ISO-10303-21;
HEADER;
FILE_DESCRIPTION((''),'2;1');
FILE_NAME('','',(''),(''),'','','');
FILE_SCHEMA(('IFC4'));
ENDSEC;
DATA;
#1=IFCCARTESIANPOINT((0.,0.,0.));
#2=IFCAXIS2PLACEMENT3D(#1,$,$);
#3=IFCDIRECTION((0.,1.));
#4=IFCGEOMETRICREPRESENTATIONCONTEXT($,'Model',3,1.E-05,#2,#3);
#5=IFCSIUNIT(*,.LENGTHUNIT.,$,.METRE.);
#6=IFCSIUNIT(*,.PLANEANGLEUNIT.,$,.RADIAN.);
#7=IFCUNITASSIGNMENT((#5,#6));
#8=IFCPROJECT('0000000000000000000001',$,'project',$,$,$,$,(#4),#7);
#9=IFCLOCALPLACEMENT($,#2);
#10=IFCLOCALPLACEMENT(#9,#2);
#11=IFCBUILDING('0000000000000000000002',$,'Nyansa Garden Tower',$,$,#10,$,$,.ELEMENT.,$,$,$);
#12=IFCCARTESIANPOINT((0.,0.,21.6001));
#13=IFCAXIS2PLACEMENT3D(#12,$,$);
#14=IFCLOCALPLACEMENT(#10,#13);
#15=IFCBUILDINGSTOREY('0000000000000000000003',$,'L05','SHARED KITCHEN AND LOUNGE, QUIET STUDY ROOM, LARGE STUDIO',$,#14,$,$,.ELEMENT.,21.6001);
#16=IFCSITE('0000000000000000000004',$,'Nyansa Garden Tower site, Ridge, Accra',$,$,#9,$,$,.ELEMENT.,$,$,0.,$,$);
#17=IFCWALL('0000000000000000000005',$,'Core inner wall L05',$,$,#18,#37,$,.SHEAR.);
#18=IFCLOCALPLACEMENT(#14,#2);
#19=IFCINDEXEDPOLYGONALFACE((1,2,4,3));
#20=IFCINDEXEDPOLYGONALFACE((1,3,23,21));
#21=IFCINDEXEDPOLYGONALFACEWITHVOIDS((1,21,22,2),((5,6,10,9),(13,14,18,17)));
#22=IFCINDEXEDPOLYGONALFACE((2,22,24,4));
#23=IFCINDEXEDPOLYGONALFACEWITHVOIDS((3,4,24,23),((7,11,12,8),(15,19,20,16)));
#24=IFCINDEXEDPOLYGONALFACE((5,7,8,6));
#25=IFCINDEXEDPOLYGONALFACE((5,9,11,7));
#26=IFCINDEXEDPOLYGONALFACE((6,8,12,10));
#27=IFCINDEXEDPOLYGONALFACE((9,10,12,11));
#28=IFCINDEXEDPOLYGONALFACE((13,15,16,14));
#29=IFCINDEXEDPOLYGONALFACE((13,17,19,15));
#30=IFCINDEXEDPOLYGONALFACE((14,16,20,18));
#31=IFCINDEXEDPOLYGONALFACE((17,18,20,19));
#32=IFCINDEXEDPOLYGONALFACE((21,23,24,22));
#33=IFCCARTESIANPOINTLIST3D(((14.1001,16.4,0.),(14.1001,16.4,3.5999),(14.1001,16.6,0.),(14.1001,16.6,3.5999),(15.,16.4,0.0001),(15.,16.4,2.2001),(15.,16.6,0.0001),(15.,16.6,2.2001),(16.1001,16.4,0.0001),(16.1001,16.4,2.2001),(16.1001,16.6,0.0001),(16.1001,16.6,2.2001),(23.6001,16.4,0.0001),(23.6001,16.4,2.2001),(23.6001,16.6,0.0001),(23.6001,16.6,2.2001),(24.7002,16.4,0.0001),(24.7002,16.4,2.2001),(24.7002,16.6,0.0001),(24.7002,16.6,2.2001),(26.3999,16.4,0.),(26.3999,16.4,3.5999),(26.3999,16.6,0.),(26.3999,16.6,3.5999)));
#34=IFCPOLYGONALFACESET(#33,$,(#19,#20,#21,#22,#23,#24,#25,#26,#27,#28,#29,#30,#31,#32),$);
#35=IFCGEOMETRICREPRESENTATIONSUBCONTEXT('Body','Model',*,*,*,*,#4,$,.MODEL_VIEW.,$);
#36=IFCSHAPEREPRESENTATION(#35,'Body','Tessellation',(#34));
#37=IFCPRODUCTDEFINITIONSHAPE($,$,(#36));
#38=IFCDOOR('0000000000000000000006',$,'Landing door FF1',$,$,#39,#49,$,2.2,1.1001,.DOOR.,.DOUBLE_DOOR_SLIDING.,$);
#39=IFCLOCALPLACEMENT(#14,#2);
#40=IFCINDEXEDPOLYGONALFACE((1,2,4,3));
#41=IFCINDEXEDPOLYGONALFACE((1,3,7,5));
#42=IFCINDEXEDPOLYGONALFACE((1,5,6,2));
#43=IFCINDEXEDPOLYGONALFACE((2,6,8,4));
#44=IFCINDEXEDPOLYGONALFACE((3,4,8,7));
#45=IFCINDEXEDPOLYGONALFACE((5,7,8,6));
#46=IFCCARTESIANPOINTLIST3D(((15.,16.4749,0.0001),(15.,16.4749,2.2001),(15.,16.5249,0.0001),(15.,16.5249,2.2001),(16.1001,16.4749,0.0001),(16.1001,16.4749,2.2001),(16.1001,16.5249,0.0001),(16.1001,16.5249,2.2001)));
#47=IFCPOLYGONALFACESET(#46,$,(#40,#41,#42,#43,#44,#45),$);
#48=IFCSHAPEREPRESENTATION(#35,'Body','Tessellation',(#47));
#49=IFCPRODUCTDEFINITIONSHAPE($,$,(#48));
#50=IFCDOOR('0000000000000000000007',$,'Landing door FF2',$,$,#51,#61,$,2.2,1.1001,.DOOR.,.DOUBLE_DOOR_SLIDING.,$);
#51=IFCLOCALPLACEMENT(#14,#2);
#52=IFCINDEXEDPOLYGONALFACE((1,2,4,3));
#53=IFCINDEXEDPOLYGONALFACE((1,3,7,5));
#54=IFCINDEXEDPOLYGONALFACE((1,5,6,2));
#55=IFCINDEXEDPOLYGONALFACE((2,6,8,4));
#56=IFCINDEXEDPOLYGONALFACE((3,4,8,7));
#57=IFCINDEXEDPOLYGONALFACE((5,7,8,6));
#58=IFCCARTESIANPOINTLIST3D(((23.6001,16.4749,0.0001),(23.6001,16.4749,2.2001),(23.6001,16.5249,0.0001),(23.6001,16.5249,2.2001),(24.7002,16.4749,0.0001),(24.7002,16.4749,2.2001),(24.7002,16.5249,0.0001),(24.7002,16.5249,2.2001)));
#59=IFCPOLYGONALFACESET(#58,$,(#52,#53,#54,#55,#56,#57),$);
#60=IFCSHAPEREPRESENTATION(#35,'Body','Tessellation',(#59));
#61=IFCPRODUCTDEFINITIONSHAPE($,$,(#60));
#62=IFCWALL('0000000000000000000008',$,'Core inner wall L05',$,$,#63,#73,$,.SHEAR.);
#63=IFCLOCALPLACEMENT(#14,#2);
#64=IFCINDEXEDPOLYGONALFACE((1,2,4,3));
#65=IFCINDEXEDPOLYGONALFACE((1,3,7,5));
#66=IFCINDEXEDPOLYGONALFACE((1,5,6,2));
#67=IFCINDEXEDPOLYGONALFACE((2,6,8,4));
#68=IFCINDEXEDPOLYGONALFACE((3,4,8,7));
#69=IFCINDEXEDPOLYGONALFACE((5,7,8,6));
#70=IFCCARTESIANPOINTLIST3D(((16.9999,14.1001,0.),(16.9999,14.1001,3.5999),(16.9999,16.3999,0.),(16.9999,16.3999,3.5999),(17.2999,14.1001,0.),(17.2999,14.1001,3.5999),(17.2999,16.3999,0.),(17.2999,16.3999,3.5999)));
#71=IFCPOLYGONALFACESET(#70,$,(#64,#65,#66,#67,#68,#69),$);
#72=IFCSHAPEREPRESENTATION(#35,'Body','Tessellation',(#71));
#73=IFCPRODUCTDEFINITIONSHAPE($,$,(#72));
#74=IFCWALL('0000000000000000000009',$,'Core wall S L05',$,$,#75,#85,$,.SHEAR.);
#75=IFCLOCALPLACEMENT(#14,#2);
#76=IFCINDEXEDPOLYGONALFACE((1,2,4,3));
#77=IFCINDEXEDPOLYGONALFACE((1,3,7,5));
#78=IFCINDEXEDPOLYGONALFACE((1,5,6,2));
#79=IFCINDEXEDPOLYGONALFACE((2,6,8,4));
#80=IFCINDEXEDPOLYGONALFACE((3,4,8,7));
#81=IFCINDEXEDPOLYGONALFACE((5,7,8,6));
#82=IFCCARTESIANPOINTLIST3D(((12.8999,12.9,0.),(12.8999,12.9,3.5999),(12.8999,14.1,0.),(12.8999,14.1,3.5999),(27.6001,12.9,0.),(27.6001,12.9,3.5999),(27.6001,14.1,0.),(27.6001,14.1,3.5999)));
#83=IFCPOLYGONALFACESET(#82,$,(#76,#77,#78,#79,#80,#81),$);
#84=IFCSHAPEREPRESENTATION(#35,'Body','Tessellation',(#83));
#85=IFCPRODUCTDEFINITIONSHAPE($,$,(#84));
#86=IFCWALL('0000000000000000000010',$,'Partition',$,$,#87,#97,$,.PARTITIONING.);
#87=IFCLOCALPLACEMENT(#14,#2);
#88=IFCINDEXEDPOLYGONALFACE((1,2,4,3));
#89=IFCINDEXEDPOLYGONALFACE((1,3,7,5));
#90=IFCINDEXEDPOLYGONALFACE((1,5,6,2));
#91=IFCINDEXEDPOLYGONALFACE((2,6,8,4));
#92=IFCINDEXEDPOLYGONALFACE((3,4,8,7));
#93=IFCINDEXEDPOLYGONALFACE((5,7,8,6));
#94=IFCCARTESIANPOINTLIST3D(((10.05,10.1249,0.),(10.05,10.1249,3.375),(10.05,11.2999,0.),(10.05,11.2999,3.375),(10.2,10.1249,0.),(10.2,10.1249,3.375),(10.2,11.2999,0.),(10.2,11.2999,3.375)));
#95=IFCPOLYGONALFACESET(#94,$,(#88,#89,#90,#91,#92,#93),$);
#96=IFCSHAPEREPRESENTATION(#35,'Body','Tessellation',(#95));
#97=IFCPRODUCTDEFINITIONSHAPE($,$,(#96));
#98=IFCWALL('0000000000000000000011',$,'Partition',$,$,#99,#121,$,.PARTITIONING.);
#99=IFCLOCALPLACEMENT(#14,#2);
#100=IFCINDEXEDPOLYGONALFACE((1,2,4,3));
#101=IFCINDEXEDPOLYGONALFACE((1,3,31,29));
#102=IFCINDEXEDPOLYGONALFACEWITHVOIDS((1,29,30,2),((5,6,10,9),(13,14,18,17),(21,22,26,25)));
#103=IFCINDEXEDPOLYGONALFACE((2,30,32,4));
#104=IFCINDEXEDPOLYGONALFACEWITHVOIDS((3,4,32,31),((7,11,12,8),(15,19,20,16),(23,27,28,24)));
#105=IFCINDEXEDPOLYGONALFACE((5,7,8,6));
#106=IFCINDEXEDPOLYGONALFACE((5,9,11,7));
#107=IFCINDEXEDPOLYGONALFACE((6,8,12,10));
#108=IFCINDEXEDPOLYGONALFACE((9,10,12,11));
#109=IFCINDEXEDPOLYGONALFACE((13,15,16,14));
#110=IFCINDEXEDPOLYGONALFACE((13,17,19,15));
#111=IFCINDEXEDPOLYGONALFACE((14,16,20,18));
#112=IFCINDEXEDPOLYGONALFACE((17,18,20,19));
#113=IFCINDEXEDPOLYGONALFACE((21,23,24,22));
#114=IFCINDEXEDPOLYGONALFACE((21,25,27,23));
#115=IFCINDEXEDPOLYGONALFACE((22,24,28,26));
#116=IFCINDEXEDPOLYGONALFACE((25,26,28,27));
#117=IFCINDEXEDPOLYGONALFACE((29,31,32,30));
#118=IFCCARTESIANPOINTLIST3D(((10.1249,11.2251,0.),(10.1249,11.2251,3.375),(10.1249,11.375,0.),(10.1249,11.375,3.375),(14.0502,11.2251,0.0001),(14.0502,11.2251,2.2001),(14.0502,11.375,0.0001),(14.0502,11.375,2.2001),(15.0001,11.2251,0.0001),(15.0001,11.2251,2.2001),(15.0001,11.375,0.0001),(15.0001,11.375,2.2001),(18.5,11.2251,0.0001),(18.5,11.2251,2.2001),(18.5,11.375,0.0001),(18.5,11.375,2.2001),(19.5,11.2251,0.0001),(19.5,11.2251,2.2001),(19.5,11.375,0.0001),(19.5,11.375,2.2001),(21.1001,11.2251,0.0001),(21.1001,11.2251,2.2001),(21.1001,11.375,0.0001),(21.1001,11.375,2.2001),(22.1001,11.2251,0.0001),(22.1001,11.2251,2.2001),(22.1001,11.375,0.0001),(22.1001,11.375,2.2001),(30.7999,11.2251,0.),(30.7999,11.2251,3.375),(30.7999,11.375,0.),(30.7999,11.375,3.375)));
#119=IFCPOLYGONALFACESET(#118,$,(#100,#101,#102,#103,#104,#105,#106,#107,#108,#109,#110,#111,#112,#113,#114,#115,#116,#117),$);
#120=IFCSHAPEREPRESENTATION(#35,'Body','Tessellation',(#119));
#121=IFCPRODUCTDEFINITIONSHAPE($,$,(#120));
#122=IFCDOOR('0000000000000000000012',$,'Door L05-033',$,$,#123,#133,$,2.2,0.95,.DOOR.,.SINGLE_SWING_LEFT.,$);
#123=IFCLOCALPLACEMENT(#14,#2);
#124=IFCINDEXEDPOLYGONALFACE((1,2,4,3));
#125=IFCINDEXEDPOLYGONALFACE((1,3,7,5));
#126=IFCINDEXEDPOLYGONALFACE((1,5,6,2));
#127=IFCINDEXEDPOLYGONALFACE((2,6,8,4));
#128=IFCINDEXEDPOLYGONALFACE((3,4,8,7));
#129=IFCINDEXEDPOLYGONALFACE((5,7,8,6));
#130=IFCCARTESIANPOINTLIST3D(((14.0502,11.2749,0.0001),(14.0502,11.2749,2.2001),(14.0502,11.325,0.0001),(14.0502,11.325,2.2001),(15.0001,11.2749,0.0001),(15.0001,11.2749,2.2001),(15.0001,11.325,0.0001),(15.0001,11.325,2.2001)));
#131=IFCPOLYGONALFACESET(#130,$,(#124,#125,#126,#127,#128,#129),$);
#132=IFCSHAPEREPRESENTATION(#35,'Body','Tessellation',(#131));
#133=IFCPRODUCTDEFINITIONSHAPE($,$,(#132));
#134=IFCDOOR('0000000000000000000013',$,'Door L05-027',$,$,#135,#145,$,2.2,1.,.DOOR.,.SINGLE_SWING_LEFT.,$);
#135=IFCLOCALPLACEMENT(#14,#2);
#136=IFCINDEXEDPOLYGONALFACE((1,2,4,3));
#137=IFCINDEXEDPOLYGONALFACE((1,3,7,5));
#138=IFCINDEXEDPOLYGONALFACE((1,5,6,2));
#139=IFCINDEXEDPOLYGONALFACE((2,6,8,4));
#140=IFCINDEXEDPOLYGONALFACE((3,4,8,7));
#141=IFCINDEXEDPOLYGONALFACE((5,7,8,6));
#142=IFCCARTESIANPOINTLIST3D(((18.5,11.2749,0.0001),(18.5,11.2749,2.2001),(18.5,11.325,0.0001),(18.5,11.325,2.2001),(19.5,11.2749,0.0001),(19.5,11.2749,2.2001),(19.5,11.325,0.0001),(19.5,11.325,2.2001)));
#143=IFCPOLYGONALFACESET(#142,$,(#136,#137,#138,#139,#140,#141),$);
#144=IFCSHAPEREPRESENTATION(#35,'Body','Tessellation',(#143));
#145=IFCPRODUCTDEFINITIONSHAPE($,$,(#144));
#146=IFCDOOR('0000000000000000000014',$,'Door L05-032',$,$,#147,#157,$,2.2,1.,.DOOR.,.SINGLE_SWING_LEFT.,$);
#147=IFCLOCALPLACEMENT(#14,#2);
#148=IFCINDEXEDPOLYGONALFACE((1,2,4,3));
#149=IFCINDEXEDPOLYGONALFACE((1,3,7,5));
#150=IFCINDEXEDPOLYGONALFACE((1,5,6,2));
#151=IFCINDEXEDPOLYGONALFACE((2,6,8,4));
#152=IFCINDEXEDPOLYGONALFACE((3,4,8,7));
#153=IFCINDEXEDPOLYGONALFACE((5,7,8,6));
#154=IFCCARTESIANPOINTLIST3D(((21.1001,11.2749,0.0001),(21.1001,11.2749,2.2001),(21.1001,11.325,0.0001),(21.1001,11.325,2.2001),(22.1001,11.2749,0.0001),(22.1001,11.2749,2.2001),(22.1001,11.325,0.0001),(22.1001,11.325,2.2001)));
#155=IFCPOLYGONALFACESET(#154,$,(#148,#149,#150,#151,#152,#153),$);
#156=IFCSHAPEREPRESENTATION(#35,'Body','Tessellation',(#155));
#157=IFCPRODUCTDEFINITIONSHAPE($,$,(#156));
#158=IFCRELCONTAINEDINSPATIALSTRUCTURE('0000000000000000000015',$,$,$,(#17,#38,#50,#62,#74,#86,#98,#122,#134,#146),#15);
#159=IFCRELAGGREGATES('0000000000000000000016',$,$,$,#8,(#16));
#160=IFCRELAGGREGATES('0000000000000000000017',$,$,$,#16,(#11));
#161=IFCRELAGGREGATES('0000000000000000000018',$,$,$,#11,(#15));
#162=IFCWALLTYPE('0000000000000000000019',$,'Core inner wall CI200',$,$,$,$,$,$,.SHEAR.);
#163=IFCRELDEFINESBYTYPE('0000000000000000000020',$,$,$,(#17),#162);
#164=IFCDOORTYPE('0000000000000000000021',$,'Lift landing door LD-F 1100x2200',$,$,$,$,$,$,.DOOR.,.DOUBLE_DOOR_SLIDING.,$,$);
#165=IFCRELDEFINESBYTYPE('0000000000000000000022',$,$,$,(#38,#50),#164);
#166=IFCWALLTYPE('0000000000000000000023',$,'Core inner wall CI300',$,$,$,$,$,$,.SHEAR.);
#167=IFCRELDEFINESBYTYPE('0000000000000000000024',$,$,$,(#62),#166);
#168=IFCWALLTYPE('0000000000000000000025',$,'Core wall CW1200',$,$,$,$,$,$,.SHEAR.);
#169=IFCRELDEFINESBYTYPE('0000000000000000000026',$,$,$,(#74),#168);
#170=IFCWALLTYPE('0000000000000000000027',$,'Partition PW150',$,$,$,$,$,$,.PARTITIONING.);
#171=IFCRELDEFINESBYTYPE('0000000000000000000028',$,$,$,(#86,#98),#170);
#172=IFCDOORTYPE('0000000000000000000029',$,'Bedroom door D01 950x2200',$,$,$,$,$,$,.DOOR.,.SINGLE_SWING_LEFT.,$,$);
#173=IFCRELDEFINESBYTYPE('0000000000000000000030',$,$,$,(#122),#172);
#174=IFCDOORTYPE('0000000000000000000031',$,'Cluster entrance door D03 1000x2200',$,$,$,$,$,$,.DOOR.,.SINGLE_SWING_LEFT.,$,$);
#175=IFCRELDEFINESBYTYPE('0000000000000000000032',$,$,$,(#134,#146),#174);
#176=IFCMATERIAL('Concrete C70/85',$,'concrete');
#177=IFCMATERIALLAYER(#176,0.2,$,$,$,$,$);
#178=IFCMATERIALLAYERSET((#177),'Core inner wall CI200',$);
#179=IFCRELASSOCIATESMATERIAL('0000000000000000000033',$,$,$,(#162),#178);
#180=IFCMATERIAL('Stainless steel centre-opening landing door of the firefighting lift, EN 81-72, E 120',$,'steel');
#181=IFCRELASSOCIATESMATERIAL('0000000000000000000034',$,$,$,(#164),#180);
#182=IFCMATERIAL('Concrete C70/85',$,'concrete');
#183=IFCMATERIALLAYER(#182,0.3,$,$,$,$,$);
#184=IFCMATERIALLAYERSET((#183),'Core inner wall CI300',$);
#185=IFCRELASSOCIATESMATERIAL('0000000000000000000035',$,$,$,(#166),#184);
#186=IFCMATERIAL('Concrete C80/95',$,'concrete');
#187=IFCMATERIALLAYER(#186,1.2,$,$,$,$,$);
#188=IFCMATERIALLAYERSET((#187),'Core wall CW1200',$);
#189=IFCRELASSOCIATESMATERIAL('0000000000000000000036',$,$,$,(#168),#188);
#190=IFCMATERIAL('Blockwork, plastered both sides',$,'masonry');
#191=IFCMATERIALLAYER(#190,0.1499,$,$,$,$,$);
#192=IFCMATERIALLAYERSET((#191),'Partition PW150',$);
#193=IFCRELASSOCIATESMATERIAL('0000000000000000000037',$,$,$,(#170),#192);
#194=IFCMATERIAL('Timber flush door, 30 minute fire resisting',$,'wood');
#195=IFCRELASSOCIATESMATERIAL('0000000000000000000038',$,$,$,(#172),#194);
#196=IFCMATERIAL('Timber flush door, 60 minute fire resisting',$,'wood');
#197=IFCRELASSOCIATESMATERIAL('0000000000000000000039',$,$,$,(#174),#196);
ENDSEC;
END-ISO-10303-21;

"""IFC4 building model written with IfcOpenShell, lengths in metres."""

from ifc_helpers import new_model, si_unit, direction, frame, frame_2d, origin, place, context, subcontext, project, spatial, rectangle, extrude, material, layer, layer_set, type_object, element, fill, save


model = new_model("IFC4")

# Units and contexts
model_context = context("Model", 3, precision=1e-05, world=origin(), true_north=direction((0.0, 1.0)))
body_context = subcontext(model_context, "Body", "Model", "MODEL_VIEW")
ifc_project = project(units=[si_unit("LENGTHUNIT", "METRE"), si_unit("PLANEANGLEUNIT", "RADIAN")], contexts=[model_context])

# Site, building, storey
site_placement = place(None, origin())
site = spatial("IfcSite", under=ifc_project, at=site_placement, Name="Nyansa Garden Tower site, Ridge, Accra", CompositionType="ELEMENT", RefElevation=0.0)
building_placement = place(site_placement, origin())
building = spatial("IfcBuilding", under=site, at=building_placement, Name="Nyansa Garden Tower", CompositionType="ELEMENT")
storey_placement = place(building_placement, frame((0.0, 0.0, 21.6001)))
storey = spatial("IfcBuildingStorey", under=building, at=storey_placement, Name="L05", Description="SHARED KITCHEN AND LOUNGE, QUIET STUDY ROOM, LARGE STUDIO", CompositionType="ELEMENT", Elevation=21.6001)

# Wall, openings, doors
ifc_material_1 = material(Name="Concrete C70/85", Category="concrete")
ifc_layer_1 = layer(ifc_material_1, 0.2)
ifc_layer_set_1 = layer_set([ifc_layer_1], Name="Core inner wall CI200")
wall_type_1 = type_object("IfcWallType", Name="Core inner wall CI200", PredefinedType="SHEAR", material=ifc_layer_set_1)
wall_1_placement = place(storey_placement, frame((14.1001, 16.5, 0.0), z_axis=(0.0, 0.0, 1.0), x_axis=(1.0, 0.0, 0.0)))
wall_1 = element("IfcWall", 1, at=wall_1_placement, inside=storey, type_object=wall_type_1, Name="Core inner wall L05", PredefinedType="SHEAR", context=body_context, shape_type="SweptSolid", body=[
    extrude(rectangle(XDim=12.2998, YDim=0.2, at=frame_2d((6.1499, 0.0))), origin(), (0.0, 0.0, 1.0), 3.5999),
])
opening_1_placement = place(wall_1_placement, frame((0.8999, 0.0, 0.0)))
opening_1 = element("IfcOpeningElement", 2, at=opening_1_placement, cuts=wall_1, PredefinedType="OPENING", context=body_context, shape_type="SweptSolid", body=[
    extrude(rectangle(XDim=1.1001, YDim=2.2, at=frame_2d((0.55, 1.1001))), frame((0.0, 0.1099, 0.0), z_axis=(0.0, -1.0, 0.0), x_axis=(1.0, 0.0, 0.0)), (0.0, 0.0, 1.0), 0.22),
])
opening_2_placement = place(wall_1_placement, frame((9.5, 0.0, 0.0)))
opening_2 = element("IfcOpeningElement", 3, at=opening_2_placement, cuts=wall_1, PredefinedType="OPENING", context=body_context, shape_type="SweptSolid", body=[
    extrude(rectangle(XDim=1.1001, YDim=2.2, at=frame_2d((0.55, 1.1001))), frame((0.0, 0.1099, 0.0), z_axis=(0.0, -1.0, 0.0), x_axis=(1.0, 0.0, 0.0)), (0.0, 0.0, 1.0), 0.22),
])
ifc_material_2 = material(Name="Stainless steel centre-opening landing door of the firefighting lift, EN 81-72, E 120", Category="steel")
door_type_1 = type_object("IfcDoorType", Name="Lift landing door LD-F 1100x2200", OperationType="DOUBLE_DOOR_SLIDING", PredefinedType="DOOR", material=ifc_material_2)
door_1_placement = place(opening_1_placement, origin())
door_1 = element("IfcDoor", 4, at=door_1_placement, inside=storey, type_object=door_type_1, Name="Landing door FF1", OperationType="DOUBLE_DOOR_SLIDING", OverallHeight=2.2, OverallWidth=1.1001, PredefinedType="DOOR", context=body_context, shape_type="SweptSolid", body=[
    extrude(rectangle(XDim=1.1001, YDim=2.2, at=frame_2d((0.55, 1.1001))), frame((0.0, 0.0249, 0.0), z_axis=(0.0, -1.0, 0.0), x_axis=(1.0, 0.0, 0.0)), (0.0, 0.0, 1.0), 0.05),
])
fill(opening_1, door_1)
door_2_placement = place(opening_2_placement, origin())
door_2 = element("IfcDoor", 5, at=door_2_placement, inside=storey, type_object=door_type_1, Name="Landing door FF2", OperationType="DOUBLE_DOOR_SLIDING", OverallHeight=2.2, OverallWidth=1.1001, PredefinedType="DOOR", context=body_context, shape_type="SweptSolid", body=[
    extrude(rectangle(XDim=1.1001, YDim=2.2, at=frame_2d((0.55, 1.1001))), frame((0.0, 0.0249, 0.0), z_axis=(0.0, -1.0, 0.0), x_axis=(1.0, 0.0, 0.0)), (0.0, 0.0, 1.0), 0.05),
])
fill(opening_2, door_2)

# Walls
ifc_material_3 = material(Name="Concrete C70/85", Category="concrete")
ifc_layer_2 = layer(ifc_material_3, 0.3)
ifc_layer_set_2 = layer_set([ifc_layer_2], Name="Core inner wall CI300")
wall_type_2 = type_object("IfcWallType", Name="Core inner wall CI300", PredefinedType="SHEAR", material=ifc_layer_set_2)
wall_2_placement = place(storey_placement, frame((17.1499, 14.1001, 0.0), z_axis=(0.0, 0.0, 1.0), x_axis=(0.0, 1.0, 0.0)))
element("IfcWall", 6, at=wall_2_placement, inside=storey, type_object=wall_type_2, Name="Core inner wall L05", PredefinedType="SHEAR", context=body_context, shape_type="SweptSolid", body=[
    extrude(rectangle(XDim=2.2998, YDim=0.3, at=frame_2d((1.1499, 0.0))), origin(), (0.0, 0.0, 1.0), 3.5999),
])
ifc_material_4 = material(Name="Concrete C80/95", Category="concrete")
ifc_layer_3 = layer(ifc_material_4, 1.2)
ifc_layer_set_3 = layer_set([ifc_layer_3], Name="Core wall CW1200")
wall_type_3 = type_object("IfcWallType", Name="Core wall CW1200", PredefinedType="SHEAR", material=ifc_layer_set_3)
wall_3_placement = place(storey_placement, frame((12.8999, 13.5, 0.0), z_axis=(0.0, 0.0, 1.0), x_axis=(1.0, 0.0, 0.0)))
element("IfcWall", 7, at=wall_3_placement, inside=storey, type_object=wall_type_3, Name="Core wall S L05", PredefinedType="SHEAR", context=body_context, shape_type="SweptSolid", body=[
    extrude(rectangle(XDim=14.7002, YDim=1.2, at=frame_2d((7.3501, 0.0))), origin(), (0.0, 0.0, 1.0), 3.5999),
])
ifc_material_5 = material(Name="Blockwork, plastered both sides", Category="masonry")
ifc_layer_4 = layer(ifc_material_5, 0.1499)
ifc_layer_set_4 = layer_set([ifc_layer_4], Name="Partition PW150")
wall_type_4 = type_object("IfcWallType", Name="Partition PW150", PredefinedType="PARTITIONING", material=ifc_layer_set_4)
wall_4_placement = place(storey_placement, frame((10.125, 10.125, 0.0), z_axis=(0.0, 0.0, 1.0), x_axis=(0.0, 1.0, 0.0)))
element("IfcWall", 8, at=wall_4_placement, inside=storey, type_object=wall_type_4, Name="Partition", PredefinedType="PARTITIONING", context=body_context, shape_type="SweptSolid", body=[
    extrude(rectangle(XDim=1.175, YDim=0.1499, at=frame_2d((0.5874, 0.0))), origin(), (0.0, 0.0, 1.0), 3.375),
])

# Wall, openings, doors
wall_5_placement = place(storey_placement, frame((10.125, 11.3, 0.0), z_axis=(0.0, 0.0, 1.0), x_axis=(1.0, 0.0, 0.0)))
wall_5 = element("IfcWall", 9, at=wall_5_placement, inside=storey, type_object=wall_type_4, Name="Partition", PredefinedType="PARTITIONING", context=body_context, shape_type="SweptSolid", body=[
    extrude(rectangle(XDim=20.675, YDim=0.1499, at=frame_2d((10.3374, 0.0))), origin(), (0.0, 0.0, 1.0), 3.375),
])
opening_3_placement = place(wall_5_placement, frame((8.375, 0.0, 0.0)))
opening_3 = element("IfcOpeningElement", 10, at=opening_3_placement, cuts=wall_5, PredefinedType="OPENING", context=body_context, shape_type="SweptSolid", body=[
    extrude(rectangle(XDim=1.0, YDim=2.2, at=frame_2d((0.5, 1.1001))), frame((0.0, 0.085, 0.0), z_axis=(0.0, -1.0, 0.0), x_axis=(1.0, 0.0, 0.0)), (0.0, 0.0, 1.0), 0.1699),
])
opening_4_placement = place(wall_5_placement, frame((10.9751, 0.0, 0.0)))
opening_4 = element("IfcOpeningElement", 11, at=opening_4_placement, cuts=wall_5, PredefinedType="OPENING", context=body_context, shape_type="SweptSolid", body=[
    extrude(rectangle(XDim=1.0, YDim=2.2, at=frame_2d((0.5, 1.1001))), frame((0.0, 0.085, 0.0), z_axis=(0.0, -1.0, 0.0), x_axis=(1.0, 0.0, 0.0)), (0.0, 0.0, 1.0), 0.1699),
])
opening_5_placement = place(wall_5_placement, frame((3.925, 0.0, 0.0)))
opening_5 = element("IfcOpeningElement", 12, at=opening_5_placement, cuts=wall_5, PredefinedType="OPENING", context=body_context, shape_type="SweptSolid", body=[
    extrude(rectangle(XDim=0.95, YDim=2.2, at=frame_2d((0.4751, 1.1001))), frame((0.0, 0.085, 0.0), z_axis=(0.0, -1.0, 0.0), x_axis=(1.0, 0.0, 0.0)), (0.0, 0.0, 1.0), 0.1699),
])
ifc_material_6 = material(Name="Timber flush door, 30 minute fire resisting", Category="wood")
door_type_2 = type_object("IfcDoorType", Name="Bedroom door D01 950x2200", OperationType="SINGLE_SWING_LEFT", PredefinedType="DOOR", material=ifc_material_6)
door_3_placement = place(opening_5_placement, origin())
door_3 = element("IfcDoor", 13, at=door_3_placement, inside=storey, type_object=door_type_2, Name="Door L05-033", OperationType="SINGLE_SWING_LEFT", OverallHeight=2.2, OverallWidth=0.95, PredefinedType="DOOR", context=body_context, shape_type="SweptSolid", body=[
    extrude(rectangle(XDim=0.95, YDim=2.2, at=frame_2d((0.4751, 1.1001))), frame((0.0, 0.0249, 0.0), z_axis=(0.0, -1.0, 0.0), x_axis=(1.0, 0.0, 0.0)), (0.0, 0.0, 1.0), 0.05),
])
fill(opening_5, door_3)
ifc_material_7 = material(Name="Timber flush door, 60 minute fire resisting", Category="wood")
door_type_3 = type_object("IfcDoorType", Name="Cluster entrance door D03 1000x2200", OperationType="SINGLE_SWING_LEFT", PredefinedType="DOOR", material=ifc_material_7)
door_4_placement = place(opening_3_placement, origin())
door_4 = element("IfcDoor", 14, at=door_4_placement, inside=storey, type_object=door_type_3, Name="Door L05-027", OperationType="SINGLE_SWING_LEFT", OverallHeight=2.2, OverallWidth=1.0, PredefinedType="DOOR", context=body_context, shape_type="SweptSolid", body=[
    extrude(rectangle(XDim=1.0, YDim=2.2, at=frame_2d((0.5, 1.1001))), frame((0.0, 0.0249, 0.0), z_axis=(0.0, -1.0, 0.0), x_axis=(1.0, 0.0, 0.0)), (0.0, 0.0, 1.0), 0.05),
])
fill(opening_3, door_4)
door_5_placement = place(opening_4_placement, origin())
door_5 = element("IfcDoor", 15, at=door_5_placement, inside=storey, type_object=door_type_3, Name="Door L05-032", OperationType="SINGLE_SWING_LEFT", OverallHeight=2.2, OverallWidth=1.0, PredefinedType="DOOR", context=body_context, shape_type="SweptSolid", body=[
    extrude(rectangle(XDim=1.0, YDim=2.2, at=frame_2d((0.5, 1.1001))), frame((0.0, 0.0249, 0.0), z_axis=(0.0, -1.0, 0.0), x_axis=(1.0, 0.0, 0.0)), (0.0, 0.0, 1.0), 0.05),
])
fill(opening_4, door_5)

save(model, "model.ifc")
